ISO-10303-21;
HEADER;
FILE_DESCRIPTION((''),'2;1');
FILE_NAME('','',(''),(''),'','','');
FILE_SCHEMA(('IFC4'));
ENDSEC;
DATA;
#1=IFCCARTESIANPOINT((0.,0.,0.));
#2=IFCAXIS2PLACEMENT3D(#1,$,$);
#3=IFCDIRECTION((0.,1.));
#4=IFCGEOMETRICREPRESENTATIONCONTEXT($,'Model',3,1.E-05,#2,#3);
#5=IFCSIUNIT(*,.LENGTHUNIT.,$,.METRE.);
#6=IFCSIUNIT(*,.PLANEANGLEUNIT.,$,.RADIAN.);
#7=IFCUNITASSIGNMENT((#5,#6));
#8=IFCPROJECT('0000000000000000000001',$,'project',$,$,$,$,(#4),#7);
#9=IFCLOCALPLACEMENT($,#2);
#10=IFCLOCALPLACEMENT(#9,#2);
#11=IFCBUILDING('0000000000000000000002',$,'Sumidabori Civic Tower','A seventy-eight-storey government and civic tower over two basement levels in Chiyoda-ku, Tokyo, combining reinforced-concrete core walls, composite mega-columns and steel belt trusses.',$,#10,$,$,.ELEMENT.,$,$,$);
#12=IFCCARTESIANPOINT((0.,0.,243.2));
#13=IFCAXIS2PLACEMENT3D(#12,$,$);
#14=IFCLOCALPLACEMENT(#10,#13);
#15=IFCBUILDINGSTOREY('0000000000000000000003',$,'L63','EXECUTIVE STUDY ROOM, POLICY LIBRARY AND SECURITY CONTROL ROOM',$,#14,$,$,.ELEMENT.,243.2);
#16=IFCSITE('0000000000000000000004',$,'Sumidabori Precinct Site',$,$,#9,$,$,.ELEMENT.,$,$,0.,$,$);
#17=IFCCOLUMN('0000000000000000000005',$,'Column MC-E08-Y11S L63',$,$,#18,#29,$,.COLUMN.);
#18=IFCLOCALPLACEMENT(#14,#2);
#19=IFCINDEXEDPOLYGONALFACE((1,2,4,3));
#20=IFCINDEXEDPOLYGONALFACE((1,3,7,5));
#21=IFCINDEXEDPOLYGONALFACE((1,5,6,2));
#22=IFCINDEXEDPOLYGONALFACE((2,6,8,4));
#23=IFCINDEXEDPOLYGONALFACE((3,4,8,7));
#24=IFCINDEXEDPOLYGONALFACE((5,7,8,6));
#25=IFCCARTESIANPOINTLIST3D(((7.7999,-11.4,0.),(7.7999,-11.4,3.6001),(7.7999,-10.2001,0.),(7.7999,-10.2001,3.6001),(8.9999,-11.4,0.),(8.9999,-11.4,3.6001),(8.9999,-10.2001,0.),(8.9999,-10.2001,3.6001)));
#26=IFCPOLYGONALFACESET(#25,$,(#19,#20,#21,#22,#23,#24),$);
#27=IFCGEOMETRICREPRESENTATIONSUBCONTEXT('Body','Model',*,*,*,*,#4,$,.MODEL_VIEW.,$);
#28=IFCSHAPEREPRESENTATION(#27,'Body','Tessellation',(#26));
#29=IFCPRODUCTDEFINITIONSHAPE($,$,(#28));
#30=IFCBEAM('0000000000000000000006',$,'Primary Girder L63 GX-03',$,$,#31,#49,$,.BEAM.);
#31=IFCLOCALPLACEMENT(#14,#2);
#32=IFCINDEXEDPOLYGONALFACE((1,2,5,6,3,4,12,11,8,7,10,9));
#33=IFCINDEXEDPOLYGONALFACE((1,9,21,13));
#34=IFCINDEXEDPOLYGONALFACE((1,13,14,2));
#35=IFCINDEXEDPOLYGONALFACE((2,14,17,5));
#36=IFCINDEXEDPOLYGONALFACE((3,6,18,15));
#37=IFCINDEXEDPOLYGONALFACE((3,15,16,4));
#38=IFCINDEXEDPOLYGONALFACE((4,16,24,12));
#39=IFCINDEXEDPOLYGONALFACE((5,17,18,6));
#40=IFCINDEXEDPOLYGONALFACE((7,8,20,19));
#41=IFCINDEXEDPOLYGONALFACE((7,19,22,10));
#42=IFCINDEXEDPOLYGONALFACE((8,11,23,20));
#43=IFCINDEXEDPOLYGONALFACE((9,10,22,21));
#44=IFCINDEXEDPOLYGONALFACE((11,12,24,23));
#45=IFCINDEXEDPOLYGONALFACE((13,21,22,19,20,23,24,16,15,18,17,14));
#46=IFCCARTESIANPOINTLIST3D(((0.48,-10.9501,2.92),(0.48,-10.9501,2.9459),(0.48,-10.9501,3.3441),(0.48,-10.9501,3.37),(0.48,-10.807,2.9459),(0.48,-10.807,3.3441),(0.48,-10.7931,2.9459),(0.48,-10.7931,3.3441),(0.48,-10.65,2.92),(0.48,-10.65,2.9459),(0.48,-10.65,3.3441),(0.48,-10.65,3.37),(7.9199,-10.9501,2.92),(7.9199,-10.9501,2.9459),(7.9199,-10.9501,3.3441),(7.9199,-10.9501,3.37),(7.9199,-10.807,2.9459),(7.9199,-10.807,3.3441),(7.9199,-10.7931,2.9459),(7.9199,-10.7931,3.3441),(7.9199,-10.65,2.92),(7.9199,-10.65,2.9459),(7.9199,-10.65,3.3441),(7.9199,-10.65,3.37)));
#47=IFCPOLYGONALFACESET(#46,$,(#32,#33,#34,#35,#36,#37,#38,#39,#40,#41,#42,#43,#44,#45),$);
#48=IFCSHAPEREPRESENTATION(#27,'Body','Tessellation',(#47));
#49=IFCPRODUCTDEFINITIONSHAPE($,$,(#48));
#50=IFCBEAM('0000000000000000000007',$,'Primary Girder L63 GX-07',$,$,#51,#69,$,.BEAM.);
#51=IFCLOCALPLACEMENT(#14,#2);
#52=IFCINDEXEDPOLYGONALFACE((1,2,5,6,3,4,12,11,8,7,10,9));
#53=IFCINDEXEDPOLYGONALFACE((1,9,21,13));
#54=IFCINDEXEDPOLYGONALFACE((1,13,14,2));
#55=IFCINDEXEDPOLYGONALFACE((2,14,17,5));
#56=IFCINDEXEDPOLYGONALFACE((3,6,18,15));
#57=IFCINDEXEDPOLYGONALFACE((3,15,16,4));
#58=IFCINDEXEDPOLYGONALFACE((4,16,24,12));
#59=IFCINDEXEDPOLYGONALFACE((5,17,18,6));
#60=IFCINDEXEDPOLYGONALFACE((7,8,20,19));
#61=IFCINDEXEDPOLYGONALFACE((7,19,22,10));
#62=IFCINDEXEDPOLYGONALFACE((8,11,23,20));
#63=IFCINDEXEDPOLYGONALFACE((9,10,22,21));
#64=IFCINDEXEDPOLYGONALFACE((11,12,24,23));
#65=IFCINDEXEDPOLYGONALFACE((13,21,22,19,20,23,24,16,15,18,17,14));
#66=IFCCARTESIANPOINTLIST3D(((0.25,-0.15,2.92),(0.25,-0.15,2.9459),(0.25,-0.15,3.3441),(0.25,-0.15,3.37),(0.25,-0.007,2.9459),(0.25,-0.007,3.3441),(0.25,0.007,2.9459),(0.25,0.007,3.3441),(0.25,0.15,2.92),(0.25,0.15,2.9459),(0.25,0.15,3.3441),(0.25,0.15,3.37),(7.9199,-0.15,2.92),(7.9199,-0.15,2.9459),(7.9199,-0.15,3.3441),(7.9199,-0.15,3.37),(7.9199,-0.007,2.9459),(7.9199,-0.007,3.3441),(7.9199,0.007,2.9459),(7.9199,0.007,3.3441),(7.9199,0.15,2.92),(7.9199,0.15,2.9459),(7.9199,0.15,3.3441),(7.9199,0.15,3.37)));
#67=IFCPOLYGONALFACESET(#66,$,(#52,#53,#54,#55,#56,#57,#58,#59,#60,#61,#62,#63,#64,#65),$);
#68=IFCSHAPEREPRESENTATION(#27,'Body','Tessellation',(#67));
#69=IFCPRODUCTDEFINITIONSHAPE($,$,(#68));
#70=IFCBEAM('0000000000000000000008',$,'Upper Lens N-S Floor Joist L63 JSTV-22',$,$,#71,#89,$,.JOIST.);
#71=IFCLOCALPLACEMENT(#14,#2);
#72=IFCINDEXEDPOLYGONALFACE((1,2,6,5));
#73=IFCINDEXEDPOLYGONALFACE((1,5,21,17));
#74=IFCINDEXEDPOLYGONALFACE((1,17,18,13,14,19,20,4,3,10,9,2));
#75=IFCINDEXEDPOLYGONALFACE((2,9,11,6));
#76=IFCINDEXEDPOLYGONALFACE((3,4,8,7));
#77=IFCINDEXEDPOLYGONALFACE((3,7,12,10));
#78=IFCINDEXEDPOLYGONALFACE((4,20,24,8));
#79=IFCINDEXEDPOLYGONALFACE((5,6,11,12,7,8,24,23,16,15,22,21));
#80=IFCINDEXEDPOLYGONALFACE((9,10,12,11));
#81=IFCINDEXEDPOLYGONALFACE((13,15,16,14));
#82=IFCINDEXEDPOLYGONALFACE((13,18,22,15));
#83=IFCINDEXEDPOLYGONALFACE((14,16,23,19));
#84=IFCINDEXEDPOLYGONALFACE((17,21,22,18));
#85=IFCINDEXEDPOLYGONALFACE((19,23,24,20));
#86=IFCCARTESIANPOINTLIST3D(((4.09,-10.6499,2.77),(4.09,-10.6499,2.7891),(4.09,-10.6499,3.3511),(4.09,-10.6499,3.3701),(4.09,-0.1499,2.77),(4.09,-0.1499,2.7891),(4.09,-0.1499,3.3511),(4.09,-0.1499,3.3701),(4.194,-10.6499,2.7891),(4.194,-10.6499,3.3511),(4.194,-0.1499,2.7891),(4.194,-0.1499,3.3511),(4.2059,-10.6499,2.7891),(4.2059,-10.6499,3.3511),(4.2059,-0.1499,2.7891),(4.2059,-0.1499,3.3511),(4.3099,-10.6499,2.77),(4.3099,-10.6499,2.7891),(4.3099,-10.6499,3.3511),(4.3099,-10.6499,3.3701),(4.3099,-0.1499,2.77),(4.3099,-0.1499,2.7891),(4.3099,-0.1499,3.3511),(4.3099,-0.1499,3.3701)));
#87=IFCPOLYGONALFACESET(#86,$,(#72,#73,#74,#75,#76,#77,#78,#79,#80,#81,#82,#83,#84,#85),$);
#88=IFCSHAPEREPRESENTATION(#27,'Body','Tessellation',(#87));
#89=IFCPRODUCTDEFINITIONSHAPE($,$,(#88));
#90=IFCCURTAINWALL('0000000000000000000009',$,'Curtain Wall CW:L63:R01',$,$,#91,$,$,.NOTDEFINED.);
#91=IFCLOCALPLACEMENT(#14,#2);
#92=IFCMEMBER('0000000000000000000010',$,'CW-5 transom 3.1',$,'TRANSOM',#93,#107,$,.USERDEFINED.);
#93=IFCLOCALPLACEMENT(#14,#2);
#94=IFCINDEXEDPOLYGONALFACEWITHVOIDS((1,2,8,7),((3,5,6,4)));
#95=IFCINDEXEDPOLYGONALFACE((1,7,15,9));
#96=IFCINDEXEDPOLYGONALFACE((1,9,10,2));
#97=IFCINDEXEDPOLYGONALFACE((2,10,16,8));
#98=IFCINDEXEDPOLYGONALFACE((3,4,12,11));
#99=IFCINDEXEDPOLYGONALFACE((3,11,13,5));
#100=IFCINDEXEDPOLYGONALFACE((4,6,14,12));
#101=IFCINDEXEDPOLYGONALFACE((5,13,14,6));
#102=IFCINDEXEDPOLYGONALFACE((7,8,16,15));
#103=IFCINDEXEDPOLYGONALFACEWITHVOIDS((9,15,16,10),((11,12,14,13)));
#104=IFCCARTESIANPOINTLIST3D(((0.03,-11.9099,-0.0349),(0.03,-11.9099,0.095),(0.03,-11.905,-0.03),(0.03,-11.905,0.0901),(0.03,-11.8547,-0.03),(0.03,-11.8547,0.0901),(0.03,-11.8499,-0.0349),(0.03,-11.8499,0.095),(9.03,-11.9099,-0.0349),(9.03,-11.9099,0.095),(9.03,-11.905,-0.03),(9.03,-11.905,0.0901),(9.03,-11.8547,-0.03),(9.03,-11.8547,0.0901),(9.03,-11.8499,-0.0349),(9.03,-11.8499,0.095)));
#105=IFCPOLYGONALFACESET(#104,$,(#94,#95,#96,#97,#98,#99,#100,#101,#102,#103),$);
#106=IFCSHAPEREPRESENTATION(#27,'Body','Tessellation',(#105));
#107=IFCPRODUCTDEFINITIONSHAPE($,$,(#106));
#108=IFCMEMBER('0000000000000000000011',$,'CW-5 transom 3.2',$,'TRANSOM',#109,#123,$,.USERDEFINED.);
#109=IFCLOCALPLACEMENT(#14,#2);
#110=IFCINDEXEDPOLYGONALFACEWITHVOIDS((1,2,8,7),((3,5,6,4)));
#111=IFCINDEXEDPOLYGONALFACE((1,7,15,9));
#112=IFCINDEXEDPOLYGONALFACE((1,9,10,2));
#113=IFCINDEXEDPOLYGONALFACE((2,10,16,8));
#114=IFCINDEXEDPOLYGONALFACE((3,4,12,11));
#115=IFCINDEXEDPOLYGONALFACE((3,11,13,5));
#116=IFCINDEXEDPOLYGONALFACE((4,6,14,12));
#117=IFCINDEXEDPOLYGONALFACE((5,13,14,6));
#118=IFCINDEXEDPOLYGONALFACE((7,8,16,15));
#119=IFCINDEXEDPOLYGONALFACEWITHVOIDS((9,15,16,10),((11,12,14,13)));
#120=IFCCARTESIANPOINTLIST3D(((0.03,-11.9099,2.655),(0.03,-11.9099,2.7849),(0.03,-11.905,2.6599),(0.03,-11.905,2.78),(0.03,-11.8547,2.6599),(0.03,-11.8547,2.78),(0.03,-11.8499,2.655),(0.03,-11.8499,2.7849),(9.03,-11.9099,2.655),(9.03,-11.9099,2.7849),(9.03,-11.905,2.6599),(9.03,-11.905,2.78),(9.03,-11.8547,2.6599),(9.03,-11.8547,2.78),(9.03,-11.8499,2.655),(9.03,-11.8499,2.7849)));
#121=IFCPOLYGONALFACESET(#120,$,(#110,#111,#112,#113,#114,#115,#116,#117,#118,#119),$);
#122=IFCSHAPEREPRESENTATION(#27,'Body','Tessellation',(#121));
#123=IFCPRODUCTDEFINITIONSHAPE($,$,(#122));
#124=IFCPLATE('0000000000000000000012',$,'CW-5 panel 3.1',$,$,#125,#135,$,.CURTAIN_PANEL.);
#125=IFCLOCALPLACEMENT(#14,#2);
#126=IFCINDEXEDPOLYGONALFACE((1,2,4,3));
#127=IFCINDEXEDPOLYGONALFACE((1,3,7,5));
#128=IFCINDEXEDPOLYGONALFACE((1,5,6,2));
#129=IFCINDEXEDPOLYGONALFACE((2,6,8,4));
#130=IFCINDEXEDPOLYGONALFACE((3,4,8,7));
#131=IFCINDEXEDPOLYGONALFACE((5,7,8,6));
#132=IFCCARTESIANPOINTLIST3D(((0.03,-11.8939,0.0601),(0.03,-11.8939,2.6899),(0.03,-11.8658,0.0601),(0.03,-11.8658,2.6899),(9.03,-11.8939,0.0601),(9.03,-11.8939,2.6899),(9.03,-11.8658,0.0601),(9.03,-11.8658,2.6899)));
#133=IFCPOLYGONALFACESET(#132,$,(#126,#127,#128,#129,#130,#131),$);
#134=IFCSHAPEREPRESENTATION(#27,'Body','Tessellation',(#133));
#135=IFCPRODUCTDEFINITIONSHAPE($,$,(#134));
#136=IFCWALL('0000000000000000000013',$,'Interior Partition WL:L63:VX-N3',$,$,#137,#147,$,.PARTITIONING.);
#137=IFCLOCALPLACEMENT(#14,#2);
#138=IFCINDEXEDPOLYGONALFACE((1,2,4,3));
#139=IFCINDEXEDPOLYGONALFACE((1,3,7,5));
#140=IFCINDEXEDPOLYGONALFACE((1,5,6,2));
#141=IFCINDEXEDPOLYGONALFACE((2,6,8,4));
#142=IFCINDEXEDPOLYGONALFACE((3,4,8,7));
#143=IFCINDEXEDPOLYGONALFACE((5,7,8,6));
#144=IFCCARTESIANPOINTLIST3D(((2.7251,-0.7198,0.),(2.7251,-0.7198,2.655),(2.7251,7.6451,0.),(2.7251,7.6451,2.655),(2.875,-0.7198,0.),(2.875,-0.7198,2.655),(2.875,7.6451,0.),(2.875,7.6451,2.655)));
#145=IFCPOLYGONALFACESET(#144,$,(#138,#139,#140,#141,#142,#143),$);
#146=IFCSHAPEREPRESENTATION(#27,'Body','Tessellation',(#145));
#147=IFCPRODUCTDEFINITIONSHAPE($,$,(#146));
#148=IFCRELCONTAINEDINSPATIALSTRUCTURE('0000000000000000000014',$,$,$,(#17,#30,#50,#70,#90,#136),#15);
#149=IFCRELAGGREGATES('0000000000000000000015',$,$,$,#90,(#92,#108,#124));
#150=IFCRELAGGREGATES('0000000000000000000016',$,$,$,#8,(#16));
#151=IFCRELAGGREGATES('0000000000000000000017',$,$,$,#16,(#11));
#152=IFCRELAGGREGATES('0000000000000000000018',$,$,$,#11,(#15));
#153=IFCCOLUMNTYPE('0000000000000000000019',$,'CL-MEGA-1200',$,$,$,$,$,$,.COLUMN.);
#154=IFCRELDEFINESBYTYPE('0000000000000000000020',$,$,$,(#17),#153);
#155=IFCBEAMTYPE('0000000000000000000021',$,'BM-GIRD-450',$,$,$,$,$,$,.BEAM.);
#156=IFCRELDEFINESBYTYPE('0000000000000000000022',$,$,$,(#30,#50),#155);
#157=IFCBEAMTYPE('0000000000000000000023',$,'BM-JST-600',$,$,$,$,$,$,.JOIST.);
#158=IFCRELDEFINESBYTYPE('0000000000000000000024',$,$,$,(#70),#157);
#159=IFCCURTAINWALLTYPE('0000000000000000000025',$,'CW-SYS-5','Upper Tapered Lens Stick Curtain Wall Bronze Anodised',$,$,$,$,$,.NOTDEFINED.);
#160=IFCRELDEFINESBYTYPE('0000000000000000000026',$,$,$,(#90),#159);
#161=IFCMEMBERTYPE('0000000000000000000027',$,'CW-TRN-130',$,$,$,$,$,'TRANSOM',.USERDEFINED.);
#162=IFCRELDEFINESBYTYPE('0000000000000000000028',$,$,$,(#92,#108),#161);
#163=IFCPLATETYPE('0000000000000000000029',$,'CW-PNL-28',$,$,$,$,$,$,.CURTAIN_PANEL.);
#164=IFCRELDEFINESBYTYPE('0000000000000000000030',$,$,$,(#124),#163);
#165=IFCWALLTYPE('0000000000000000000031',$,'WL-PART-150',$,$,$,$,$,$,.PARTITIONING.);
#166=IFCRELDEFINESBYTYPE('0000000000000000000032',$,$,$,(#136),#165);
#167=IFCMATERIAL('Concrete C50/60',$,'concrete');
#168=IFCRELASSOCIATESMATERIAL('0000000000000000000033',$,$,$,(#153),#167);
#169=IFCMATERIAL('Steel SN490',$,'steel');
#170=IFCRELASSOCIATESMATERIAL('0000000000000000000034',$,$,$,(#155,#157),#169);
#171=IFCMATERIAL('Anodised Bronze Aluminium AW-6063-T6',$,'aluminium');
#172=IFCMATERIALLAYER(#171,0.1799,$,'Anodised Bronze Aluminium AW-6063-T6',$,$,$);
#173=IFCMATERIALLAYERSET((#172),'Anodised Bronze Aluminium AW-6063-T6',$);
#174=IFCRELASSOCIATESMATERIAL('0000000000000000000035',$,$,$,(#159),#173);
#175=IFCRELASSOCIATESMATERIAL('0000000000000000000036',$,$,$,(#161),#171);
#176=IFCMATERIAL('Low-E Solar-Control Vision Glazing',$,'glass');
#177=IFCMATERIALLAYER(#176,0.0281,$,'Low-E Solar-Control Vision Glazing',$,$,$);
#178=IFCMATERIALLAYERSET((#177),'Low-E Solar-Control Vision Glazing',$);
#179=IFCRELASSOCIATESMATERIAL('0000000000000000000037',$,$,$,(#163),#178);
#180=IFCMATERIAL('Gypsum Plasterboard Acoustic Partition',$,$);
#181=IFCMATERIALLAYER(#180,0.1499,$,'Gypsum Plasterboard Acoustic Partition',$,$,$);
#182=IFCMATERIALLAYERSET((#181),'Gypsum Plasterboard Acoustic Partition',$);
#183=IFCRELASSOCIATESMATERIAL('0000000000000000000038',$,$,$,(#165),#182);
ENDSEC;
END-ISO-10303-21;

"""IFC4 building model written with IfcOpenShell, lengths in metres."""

from ifc_helpers import new_model, si_unit, direction, frame, frame_2d, origin, origin_2d, place, context, subcontext, project, spatial, rectangle, hollow_rectangle, i_section, extrude, source, transform, mapped, material, layer, layer_set, material_profile, profile_set, type_object, element, aggregate, save


model = new_model("IFC4")

# Units and contexts
model_context = context("Model", 3, precision=1e-05, world=origin(), true_north=direction((0.0, 1.0)))
body_context = subcontext(model_context, "Body", "Model", "MODEL_VIEW")
ifc_project = project(units=[si_unit("LENGTHUNIT", "METRE"), si_unit("PLANEANGLEUNIT", "RADIAN")], contexts=[model_context])

# Site, building, storey
site_placement = place(None, origin())
site = spatial("IfcSite", under=ifc_project, at=site_placement, Name="Sumidabori Precinct Site", CompositionType="ELEMENT", RefElevation=0.0)
building_placement = place(site_placement, origin())
building = spatial("IfcBuilding", under=site, at=building_placement, Name="Sumidabori Civic Tower", Description="A seventy-eight-storey government and civic tower over two basement levels in Chiyoda-ku, Tokyo, combining reinforced-concrete core walls, composite mega-columns and steel belt trusses.", CompositionType="ELEMENT")
storey_placement = place(building_placement, frame((0.0, 0.0, 243.2)))
storey = spatial("IfcBuildingStorey", under=building, at=storey_placement, Name="L63", Description="EXECUTIVE STUDY ROOM, POLICY LIBRARY AND SECURITY CONTROL ROOM", CompositionType="ELEMENT", Elevation=243.2)

# Column
ifc_material_1 = material(Name="Concrete C50/60", Category="concrete")
ifc_material_profile_1 = material_profile(ifc_material_1, rectangle(XDim=1.2, YDim=1.2, at=origin_2d()), Name="RC 1200x1200")
ifc_profile_set_1 = profile_set([ifc_material_profile_1], Name="Concrete C50/60")
column_type = type_object("IfcColumnType", Name="CL-MEGA-1200", PredefinedType="COLUMN", material=ifc_profile_set_1)
shared_shape_1 = source(origin(), body_context, "Body", "SweptSolid", [
    extrude(rectangle(XDim=1.2, YDim=1.2, at=origin_2d()), origin(), (0.0, 0.0, 1.0), 3.6001),
])
column_placement = place(storey_placement, frame((8.3999, -10.8, 0.0), z_axis=(0.0, 0.0, 1.0), x_axis=(1.0, 0.0, 0.0)))
element("IfcColumn", 1, at=column_placement, inside=storey, type_object=column_type, Name="Column MC-E08-Y11S L63", PredefinedType="COLUMN", context=body_context, shape_type="MappedRepresentation", body=[
    mapped(shared_shape_1, transform((0.0, 0.0, 0.0), x_axis=(1.0, 0.0, 0.0), y_axis=(0.0, 1.0, 0.0), z_axis=(0.0, 0.0, 1.0), scale=1.0)),
])

# Beams
ifc_material_2 = material(Name="Steel SN490", Category="steel")
ifc_material_profile_2 = material_profile(ifc_material_2, i_section(OverallWidth=0.3, OverallDepth=0.45, WebThickness=0.0139, FlangeThickness=0.0259, at=origin_2d()), Name="HE 450 B")
ifc_profile_set_2 = profile_set([ifc_material_profile_2], Name="Steel SN490")
beam_type_1 = type_object("IfcBeamType", Name="BM-GIRD-450", PredefinedType="BEAM", material=ifc_profile_set_2)
shared_shape_2 = source(origin(), body_context, "Body", "SweptSolid", [
    extrude(i_section(OverallWidth=0.3, OverallDepth=0.45, WebThickness=0.0139, FlangeThickness=0.0259, at=origin_2d()), origin(), (0.0, 0.0, 1.0), 7.4399),
])
beam_1_placement = place(storey_placement, frame((0.48, -10.8, 3.145), z_axis=(1.0, 0.0, 0.0), x_axis=(0.0, 1.0, 0.0)))
element("IfcBeam", 2, at=beam_1_placement, inside=storey, type_object=beam_type_1, Name="Primary Girder L63 GX-03", PredefinedType="BEAM", context=body_context, shape_type="MappedRepresentation", body=[
    mapped(shared_shape_2, transform((0.0, 0.0, 0.0), x_axis=(1.0, 0.0, 0.0), y_axis=(0.0, 1.0, 0.0), z_axis=(0.0, 0.0, 1.0), scale=1.0)),
])
shared_shape_3 = source(origin(), body_context, "Body", "SweptSolid", [
    extrude(i_section(OverallWidth=0.3, OverallDepth=0.45, WebThickness=0.0139, FlangeThickness=0.0259, at=origin_2d()), origin(), (0.0, 0.0, 1.0), 7.6699),
])
beam_2_placement = place(storey_placement, frame((0.25, 0.0, 3.145), z_axis=(1.0, 0.0, 0.0), x_axis=(0.0, 1.0, 0.0)))
element("IfcBeam", 3, at=beam_2_placement, inside=storey, type_object=beam_type_1, Name="Primary Girder L63 GX-07", PredefinedType="BEAM", context=body_context, shape_type="MappedRepresentation", body=[
    mapped(shared_shape_3, transform((0.0, 0.0, 0.0), x_axis=(1.0, 0.0, 0.0), y_axis=(0.0, 1.0, 0.0), z_axis=(0.0, 0.0, 1.0), scale=1.0)),
])
ifc_material_profile_3 = material_profile(ifc_material_2, i_section(OverallWidth=0.22, OverallDepth=0.6001, WebThickness=0.012, FlangeThickness=0.019, at=origin_2d()), Name="IPE 600")
ifc_profile_set_3 = profile_set([ifc_material_profile_3], Name="Steel SN490")
beam_type_2 = type_object("IfcBeamType", Name="BM-JST-600", PredefinedType="JOIST", material=ifc_profile_set_3)
shared_shape_4 = source(origin(), body_context, "Body", "SweptSolid", [
    extrude(i_section(OverallWidth=0.22, OverallDepth=0.6001, WebThickness=0.012, FlangeThickness=0.019, at=origin_2d()), origin(), (0.0, 0.0, 1.0), 10.5),
])
beam_3_placement = place(storey_placement, frame((4.2, -10.6499, 3.0701), z_axis=(0.0, 1.0, 0.0), x_axis=(-1.0, 0.0, 0.0)))
element("IfcBeam", 4, at=beam_3_placement, inside=storey, type_object=beam_type_2, Name="Upper Lens N-S Floor Joist L63 JSTV-22", PredefinedType="JOIST", context=body_context, shape_type="MappedRepresentation", body=[
    mapped(shared_shape_4, transform((0.0, 0.0, 0.0), x_axis=(1.0, 0.0, 0.0), y_axis=(0.0, 1.0, 0.0), z_axis=(0.0, 0.0, 1.0), scale=1.0)),
])

# Curtain wall, members, plate
ifc_material_3 = material(Name="Anodised Bronze Aluminium AW-6063-T6", Category="aluminium")
ifc_layer_1 = layer(ifc_material_3, 0.1799, Name="Anodised Bronze Aluminium AW-6063-T6")
ifc_layer_set_1 = layer_set([ifc_layer_1], Name="Anodised Bronze Aluminium AW-6063-T6")
curtain_wall_type = type_object("IfcCurtainWallType", Name="CW-SYS-5", Description="Upper Tapered Lens Stick Curtain Wall Bronze Anodised", PredefinedType="NOTDEFINED", material=ifc_layer_set_1)
curtain_wall_placement = place(storey_placement, origin())
curtain_wall = element("IfcCurtainWall", 5, at=curtain_wall_placement, inside=storey, type_object=curtain_wall_type, Name="Curtain Wall CW:L63:R01", PredefinedType="NOTDEFINED")
ifc_material_profile_4 = material_profile(ifc_material_3, hollow_rectangle(XDim=0.0601, YDim=0.1299, WallThickness=0.0049, at=origin_2d()), Name="ALU TRANSOM 130x60")
ifc_profile_set_4 = profile_set([ifc_material_profile_4], Name="Anodised Bronze Aluminium AW-6063-T6")
member_type = type_object("IfcMemberType", Name="CW-TRN-130", ElementType="TRANSOM", PredefinedType="USERDEFINED", material=ifc_profile_set_4)
shared_shape_5 = source(origin(), body_context, "Body", "SweptSolid", [
    extrude(hollow_rectangle(XDim=0.0601, YDim=0.1299, WallThickness=0.0049, at=origin_2d()), origin(), (0.0, 0.0, 1.0), 9.0),
])
member_1_placement = place(storey_placement, frame((0.03, -11.8799, 0.03), z_axis=(1.0, 0.0, 0.0), x_axis=(0.0, 1.0, 0.0)))
member_1 = element("IfcMember", 6, at=member_1_placement, type_object=member_type, Name="CW-5 transom 3.1", ObjectType="TRANSOM", PredefinedType="USERDEFINED", context=body_context, shape_type="MappedRepresentation", body=[
    mapped(shared_shape_5, transform((0.0, 0.0, 0.0), x_axis=(1.0, 0.0, 0.0), y_axis=(0.0, 1.0, 0.0), z_axis=(0.0, 0.0, 1.0), scale=1.0)),
])
member_2_placement = place(storey_placement, frame((0.03, -11.8799, 2.72), z_axis=(1.0, 0.0, 0.0), x_axis=(0.0, 1.0, 0.0)))
member_2 = element("IfcMember", 7, at=member_2_placement, type_object=member_type, Name="CW-5 transom 3.2", ObjectType="TRANSOM", PredefinedType="USERDEFINED", context=body_context, shape_type="MappedRepresentation", body=[
    mapped(shared_shape_5, transform((0.0, 0.0, 0.0), x_axis=(1.0, 0.0, 0.0), y_axis=(0.0, 1.0, 0.0), z_axis=(0.0, 0.0, 1.0), scale=1.0)),
])
ifc_material_4 = material(Name="Low-E Solar-Control Vision Glazing", Category="glass")
ifc_layer_2 = layer(ifc_material_4, 0.0281, Name="Low-E Solar-Control Vision Glazing")
ifc_layer_set_2 = layer_set([ifc_layer_2], Name="Low-E Solar-Control Vision Glazing")
plate_type = type_object("IfcPlateType", Name="CW-PNL-28", PredefinedType="CURTAIN_PANEL", material=ifc_layer_set_2)
shared_shape_6 = source(origin(), body_context, "Body", "SweptSolid", [
    extrude(rectangle(XDim=9.0, YDim=0.0281, at=origin_2d()), origin(), (0.0, 0.0, 1.0), 2.6299),
])
plate_placement = place(storey_placement, frame((4.53, -11.8799, 0.0601), z_axis=(0.0, 0.0, 1.0), x_axis=(1.0, 0.0, 0.0)))
plate = element("IfcPlate", 8, at=plate_placement, type_object=plate_type, Name="CW-5 panel 3.1", PredefinedType="CURTAIN_PANEL", context=body_context, shape_type="MappedRepresentation", body=[
    mapped(shared_shape_6, transform((0.0, 0.0, 0.0), x_axis=(1.0, 0.0, 0.0), y_axis=(0.0, 1.0, 0.0), z_axis=(0.0, 0.0, 1.0), scale=1.0)),
])
aggregate(curtain_wall, [member_1, member_2, plate])

# Wall
ifc_material_5 = material(Name="Gypsum Plasterboard Acoustic Partition")
ifc_layer_3 = layer(ifc_material_5, 0.1499, Name="Gypsum Plasterboard Acoustic Partition")
ifc_layer_set_3 = layer_set([ifc_layer_3], Name="Gypsum Plasterboard Acoustic Partition")
wall_type = type_object("IfcWallType", Name="WL-PART-150", PredefinedType="PARTITIONING", material=ifc_layer_set_3)
shared_shape_7 = source(origin(), body_context, "Body", "SweptSolid", [
    extrude(rectangle(XDim=8.365, YDim=0.1499, at=frame_2d((4.1826, 0.0))), origin(), (0.0, 0.0, 1.0), 2.655),
])
wall_placement = place(storey_placement, frame((2.8, -0.72, 0.0), z_axis=(0.0, 0.0, 1.0), x_axis=(0.0, 1.0, 0.0)))
element("IfcWall", 9, at=wall_placement, inside=storey, type_object=wall_type, Name="Interior Partition WL:L63:VX-N3", PredefinedType="PARTITIONING", context=body_context, shape_type="MappedRepresentation", body=[
    mapped(shared_shape_7, transform((0.0, 0.0, 0.0), x_axis=(1.0, 0.0, 0.0), y_axis=(0.0, 1.0, 0.0), z_axis=(0.0, 0.0, 1.0), scale=1.0)),
])

save(model, "model.ifc")
